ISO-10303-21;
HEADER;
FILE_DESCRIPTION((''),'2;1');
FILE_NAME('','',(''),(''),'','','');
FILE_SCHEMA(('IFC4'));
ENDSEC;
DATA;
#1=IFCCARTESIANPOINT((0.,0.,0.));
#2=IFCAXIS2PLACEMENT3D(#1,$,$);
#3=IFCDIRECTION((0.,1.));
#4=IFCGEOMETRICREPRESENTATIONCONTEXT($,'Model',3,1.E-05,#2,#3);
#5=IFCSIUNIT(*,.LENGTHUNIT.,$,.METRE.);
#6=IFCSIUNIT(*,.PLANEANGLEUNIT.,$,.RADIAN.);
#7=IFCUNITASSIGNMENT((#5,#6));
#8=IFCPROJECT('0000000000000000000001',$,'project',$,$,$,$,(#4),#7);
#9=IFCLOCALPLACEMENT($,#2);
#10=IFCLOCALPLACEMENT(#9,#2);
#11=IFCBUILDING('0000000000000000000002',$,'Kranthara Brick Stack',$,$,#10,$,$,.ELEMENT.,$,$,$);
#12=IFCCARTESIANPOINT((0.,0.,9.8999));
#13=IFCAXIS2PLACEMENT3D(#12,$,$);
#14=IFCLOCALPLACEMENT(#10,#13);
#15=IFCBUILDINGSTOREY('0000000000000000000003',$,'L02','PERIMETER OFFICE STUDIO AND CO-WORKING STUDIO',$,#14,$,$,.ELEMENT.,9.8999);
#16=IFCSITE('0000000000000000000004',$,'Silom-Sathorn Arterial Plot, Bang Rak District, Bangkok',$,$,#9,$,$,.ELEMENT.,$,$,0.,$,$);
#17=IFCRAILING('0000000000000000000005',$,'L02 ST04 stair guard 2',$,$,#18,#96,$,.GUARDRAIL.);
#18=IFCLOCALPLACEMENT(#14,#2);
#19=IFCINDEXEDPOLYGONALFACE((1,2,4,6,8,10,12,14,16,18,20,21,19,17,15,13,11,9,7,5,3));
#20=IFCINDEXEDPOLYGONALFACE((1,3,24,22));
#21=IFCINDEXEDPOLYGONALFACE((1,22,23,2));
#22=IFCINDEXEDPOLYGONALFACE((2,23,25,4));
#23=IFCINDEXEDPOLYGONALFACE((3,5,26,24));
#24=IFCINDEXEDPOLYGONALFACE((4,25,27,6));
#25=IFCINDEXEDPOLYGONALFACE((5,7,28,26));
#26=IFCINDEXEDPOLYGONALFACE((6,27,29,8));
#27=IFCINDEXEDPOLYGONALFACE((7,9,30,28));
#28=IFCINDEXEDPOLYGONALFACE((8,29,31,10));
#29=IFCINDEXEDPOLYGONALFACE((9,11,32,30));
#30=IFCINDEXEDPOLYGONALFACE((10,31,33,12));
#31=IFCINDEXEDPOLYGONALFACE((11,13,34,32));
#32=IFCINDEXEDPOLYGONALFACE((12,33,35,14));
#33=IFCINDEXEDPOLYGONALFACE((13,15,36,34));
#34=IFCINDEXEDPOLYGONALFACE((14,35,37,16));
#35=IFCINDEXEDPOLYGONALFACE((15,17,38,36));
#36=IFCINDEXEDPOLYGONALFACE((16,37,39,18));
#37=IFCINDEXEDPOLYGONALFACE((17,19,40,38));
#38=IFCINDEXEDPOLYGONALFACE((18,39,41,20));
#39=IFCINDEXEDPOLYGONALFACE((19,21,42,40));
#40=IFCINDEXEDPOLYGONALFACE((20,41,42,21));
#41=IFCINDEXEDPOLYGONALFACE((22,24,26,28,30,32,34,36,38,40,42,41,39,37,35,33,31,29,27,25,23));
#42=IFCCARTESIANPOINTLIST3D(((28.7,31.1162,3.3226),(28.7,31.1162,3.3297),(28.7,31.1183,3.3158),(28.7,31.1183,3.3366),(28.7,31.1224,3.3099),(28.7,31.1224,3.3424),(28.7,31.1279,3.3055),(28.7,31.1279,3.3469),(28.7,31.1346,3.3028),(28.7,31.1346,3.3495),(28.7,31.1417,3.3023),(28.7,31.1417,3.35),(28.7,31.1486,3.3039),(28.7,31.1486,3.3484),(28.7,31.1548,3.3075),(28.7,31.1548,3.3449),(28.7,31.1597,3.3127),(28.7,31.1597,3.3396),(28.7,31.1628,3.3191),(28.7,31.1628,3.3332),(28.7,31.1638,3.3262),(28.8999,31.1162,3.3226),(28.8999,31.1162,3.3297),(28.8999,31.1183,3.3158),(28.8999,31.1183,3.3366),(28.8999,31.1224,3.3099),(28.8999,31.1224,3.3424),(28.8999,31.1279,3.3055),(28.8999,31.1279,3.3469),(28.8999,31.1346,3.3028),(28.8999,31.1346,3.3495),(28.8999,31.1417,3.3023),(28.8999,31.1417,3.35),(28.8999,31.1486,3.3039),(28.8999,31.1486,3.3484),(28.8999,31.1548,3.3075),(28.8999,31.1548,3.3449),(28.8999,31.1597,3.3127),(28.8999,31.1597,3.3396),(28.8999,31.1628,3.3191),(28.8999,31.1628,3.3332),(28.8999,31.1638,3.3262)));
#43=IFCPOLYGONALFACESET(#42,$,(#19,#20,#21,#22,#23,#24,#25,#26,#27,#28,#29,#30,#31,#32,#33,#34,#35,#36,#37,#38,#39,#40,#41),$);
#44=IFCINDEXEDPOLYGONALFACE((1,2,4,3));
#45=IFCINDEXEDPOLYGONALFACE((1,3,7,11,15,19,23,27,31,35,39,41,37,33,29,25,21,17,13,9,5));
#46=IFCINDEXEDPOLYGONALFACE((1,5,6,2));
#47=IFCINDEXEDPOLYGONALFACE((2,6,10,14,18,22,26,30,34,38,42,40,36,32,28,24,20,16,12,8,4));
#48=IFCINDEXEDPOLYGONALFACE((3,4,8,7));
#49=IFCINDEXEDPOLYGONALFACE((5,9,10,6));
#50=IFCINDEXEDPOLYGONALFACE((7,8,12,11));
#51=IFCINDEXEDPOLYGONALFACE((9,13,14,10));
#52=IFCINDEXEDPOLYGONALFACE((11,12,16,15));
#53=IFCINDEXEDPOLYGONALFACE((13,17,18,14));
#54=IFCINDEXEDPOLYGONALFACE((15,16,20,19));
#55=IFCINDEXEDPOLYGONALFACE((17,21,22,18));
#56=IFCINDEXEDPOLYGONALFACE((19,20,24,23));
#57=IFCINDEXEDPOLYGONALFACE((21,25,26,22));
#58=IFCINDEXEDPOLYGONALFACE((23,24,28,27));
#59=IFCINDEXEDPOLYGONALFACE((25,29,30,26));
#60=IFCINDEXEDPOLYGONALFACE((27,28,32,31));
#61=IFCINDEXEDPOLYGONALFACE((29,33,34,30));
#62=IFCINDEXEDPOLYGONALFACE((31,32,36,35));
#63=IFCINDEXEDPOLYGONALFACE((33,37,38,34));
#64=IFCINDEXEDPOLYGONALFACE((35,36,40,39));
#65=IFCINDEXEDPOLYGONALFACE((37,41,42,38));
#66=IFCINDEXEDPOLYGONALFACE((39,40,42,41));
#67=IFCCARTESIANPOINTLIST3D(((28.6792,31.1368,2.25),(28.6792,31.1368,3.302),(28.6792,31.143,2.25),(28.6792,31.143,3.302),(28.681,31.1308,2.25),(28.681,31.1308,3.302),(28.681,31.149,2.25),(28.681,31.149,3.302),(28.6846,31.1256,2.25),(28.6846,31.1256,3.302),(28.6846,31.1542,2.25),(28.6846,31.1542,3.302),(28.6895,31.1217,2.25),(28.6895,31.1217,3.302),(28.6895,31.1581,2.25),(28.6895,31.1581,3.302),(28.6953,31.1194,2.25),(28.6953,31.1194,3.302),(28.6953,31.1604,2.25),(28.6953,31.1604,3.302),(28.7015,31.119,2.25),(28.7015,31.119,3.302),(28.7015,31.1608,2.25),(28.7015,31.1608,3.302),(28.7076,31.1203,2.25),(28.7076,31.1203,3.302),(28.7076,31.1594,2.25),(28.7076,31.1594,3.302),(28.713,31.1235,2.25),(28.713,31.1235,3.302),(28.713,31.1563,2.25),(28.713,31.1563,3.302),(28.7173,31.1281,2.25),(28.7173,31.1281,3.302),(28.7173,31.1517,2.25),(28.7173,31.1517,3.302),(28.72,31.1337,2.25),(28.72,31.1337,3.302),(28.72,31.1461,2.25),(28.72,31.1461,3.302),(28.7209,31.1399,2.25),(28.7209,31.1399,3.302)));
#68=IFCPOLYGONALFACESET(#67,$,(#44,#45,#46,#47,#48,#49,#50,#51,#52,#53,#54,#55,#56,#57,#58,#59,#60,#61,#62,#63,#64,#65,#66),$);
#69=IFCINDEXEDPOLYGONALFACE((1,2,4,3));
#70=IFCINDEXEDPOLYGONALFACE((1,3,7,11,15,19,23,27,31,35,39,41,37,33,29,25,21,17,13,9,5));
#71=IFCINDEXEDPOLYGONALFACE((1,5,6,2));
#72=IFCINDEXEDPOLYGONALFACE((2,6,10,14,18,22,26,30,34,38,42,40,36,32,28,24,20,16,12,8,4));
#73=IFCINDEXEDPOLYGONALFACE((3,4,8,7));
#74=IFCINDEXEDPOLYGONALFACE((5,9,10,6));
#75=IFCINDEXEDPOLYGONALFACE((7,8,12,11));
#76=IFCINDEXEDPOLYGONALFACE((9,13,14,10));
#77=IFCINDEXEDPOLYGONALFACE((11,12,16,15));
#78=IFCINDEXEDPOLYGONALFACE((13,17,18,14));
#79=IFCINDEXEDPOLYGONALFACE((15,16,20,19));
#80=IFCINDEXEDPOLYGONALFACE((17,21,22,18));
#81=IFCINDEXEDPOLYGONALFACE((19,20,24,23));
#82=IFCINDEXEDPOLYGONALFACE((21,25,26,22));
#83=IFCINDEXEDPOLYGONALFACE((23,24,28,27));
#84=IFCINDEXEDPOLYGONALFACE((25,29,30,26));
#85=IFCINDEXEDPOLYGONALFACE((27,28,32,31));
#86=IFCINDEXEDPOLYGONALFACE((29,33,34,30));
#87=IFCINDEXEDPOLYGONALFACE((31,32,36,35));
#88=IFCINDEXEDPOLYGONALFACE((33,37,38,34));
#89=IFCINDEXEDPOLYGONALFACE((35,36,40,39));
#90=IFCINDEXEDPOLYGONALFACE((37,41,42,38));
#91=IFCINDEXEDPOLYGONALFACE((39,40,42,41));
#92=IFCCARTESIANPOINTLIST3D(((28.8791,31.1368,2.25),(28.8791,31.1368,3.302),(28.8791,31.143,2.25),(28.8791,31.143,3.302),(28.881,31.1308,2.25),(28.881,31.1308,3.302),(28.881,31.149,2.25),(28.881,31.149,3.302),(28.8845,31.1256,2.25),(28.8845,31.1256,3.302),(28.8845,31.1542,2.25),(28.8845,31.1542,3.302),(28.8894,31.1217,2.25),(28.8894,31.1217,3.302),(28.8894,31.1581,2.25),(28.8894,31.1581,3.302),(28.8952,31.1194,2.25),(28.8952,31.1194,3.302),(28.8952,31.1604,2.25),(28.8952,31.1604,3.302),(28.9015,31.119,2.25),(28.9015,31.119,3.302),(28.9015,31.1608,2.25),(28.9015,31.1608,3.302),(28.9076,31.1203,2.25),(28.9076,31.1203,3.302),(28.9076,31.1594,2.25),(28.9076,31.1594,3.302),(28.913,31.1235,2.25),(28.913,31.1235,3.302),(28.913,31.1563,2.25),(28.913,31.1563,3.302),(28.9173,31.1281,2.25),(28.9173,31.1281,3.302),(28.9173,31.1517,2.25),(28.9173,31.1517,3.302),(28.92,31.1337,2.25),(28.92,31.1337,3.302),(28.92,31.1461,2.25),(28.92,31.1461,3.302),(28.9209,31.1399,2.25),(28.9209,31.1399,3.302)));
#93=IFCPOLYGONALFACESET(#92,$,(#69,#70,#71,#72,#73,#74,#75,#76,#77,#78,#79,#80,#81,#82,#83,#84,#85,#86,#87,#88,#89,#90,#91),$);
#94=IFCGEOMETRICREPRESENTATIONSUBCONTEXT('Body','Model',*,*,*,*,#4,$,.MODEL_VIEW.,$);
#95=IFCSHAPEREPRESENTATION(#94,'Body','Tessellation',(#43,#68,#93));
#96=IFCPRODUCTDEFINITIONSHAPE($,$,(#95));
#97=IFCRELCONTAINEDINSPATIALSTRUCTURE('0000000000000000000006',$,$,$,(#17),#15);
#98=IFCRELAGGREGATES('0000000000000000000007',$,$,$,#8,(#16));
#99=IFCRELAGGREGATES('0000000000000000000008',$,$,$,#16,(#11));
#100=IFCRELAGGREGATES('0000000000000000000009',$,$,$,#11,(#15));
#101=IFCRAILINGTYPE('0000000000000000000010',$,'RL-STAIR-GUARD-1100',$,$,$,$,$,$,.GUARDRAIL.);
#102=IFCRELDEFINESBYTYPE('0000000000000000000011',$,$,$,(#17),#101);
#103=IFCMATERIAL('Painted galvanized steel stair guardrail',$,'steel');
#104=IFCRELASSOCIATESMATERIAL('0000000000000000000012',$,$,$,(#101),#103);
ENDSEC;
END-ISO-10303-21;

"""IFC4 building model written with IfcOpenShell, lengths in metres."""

from ifc_helpers import new_model, si_unit, direction, frame, origin, origin_2d, place, context, subcontext, project, spatial, circle, extrude, material, type_object, element, save


model = new_model("IFC4")

# Units and contexts
model_context = context("Model", 3, precision=1e-05, world=origin(), true_north=direction((0.0, 1.0)))
body_context = subcontext(model_context, "Body", "Model", "MODEL_VIEW")
ifc_project = project(units=[si_unit("LENGTHUNIT", "METRE"), si_unit("PLANEANGLEUNIT", "RADIAN")], contexts=[model_context])

# Site, building, storey
site_placement = place(None, origin())
site = spatial("IfcSite", under=ifc_project, at=site_placement, Name="Silom-Sathorn Arterial Plot, Bang Rak District, Bangkok", CompositionType="ELEMENT", RefElevation=0.0)
building_placement = place(site_placement, origin())
building = spatial("IfcBuilding", under=site, at=building_placement, Name="Kranthara Brick Stack", CompositionType="ELEMENT")
storey_placement = place(building_placement, frame((0.0, 0.0, 9.8999)))
storey = spatial("IfcBuildingStorey", under=building, at=storey_placement, Name="L02", Description="PERIMETER OFFICE STUDIO AND CO-WORKING STUDIO", CompositionType="ELEMENT", Elevation=9.8999)

# Railing
ifc_material_1 = material(Name="Painted galvanized steel stair guardrail", Category="steel")
railing_type_1 = type_object("IfcRailingType", Name="RL-STAIR-GUARD-1100", PredefinedType="GUARDRAIL", material=ifc_material_1)
railing_1_placement = place(storey_placement, frame((28.7, 31.1399, 2.25)))
element("IfcRailing", 1, at=railing_1_placement, inside=storey, type_object=railing_type_1, Name="L02 ST04 stair guard 2", PredefinedType="GUARDRAIL", context=body_context, shape_type="SweptSolid", body=[
    extrude(circle(Radius=0.0239, at=origin_2d()), frame((0.0, 0.0, 1.0762), z_axis=(1.0, 0.0, 0.0), x_axis=(0.0, 1.0, 0.0)), (0.0, 0.0, 1.0), 0.2),
    extrude(circle(Radius=0.021, at=origin_2d()), origin(), (0.0, 0.0, 1.0), 1.052),
    extrude(circle(Radius=0.021, at=origin_2d()), frame((0.2, 0.0, 0.0)), (0.0, 0.0, 1.0), 1.052),
])

save(model, "model.ifc")
